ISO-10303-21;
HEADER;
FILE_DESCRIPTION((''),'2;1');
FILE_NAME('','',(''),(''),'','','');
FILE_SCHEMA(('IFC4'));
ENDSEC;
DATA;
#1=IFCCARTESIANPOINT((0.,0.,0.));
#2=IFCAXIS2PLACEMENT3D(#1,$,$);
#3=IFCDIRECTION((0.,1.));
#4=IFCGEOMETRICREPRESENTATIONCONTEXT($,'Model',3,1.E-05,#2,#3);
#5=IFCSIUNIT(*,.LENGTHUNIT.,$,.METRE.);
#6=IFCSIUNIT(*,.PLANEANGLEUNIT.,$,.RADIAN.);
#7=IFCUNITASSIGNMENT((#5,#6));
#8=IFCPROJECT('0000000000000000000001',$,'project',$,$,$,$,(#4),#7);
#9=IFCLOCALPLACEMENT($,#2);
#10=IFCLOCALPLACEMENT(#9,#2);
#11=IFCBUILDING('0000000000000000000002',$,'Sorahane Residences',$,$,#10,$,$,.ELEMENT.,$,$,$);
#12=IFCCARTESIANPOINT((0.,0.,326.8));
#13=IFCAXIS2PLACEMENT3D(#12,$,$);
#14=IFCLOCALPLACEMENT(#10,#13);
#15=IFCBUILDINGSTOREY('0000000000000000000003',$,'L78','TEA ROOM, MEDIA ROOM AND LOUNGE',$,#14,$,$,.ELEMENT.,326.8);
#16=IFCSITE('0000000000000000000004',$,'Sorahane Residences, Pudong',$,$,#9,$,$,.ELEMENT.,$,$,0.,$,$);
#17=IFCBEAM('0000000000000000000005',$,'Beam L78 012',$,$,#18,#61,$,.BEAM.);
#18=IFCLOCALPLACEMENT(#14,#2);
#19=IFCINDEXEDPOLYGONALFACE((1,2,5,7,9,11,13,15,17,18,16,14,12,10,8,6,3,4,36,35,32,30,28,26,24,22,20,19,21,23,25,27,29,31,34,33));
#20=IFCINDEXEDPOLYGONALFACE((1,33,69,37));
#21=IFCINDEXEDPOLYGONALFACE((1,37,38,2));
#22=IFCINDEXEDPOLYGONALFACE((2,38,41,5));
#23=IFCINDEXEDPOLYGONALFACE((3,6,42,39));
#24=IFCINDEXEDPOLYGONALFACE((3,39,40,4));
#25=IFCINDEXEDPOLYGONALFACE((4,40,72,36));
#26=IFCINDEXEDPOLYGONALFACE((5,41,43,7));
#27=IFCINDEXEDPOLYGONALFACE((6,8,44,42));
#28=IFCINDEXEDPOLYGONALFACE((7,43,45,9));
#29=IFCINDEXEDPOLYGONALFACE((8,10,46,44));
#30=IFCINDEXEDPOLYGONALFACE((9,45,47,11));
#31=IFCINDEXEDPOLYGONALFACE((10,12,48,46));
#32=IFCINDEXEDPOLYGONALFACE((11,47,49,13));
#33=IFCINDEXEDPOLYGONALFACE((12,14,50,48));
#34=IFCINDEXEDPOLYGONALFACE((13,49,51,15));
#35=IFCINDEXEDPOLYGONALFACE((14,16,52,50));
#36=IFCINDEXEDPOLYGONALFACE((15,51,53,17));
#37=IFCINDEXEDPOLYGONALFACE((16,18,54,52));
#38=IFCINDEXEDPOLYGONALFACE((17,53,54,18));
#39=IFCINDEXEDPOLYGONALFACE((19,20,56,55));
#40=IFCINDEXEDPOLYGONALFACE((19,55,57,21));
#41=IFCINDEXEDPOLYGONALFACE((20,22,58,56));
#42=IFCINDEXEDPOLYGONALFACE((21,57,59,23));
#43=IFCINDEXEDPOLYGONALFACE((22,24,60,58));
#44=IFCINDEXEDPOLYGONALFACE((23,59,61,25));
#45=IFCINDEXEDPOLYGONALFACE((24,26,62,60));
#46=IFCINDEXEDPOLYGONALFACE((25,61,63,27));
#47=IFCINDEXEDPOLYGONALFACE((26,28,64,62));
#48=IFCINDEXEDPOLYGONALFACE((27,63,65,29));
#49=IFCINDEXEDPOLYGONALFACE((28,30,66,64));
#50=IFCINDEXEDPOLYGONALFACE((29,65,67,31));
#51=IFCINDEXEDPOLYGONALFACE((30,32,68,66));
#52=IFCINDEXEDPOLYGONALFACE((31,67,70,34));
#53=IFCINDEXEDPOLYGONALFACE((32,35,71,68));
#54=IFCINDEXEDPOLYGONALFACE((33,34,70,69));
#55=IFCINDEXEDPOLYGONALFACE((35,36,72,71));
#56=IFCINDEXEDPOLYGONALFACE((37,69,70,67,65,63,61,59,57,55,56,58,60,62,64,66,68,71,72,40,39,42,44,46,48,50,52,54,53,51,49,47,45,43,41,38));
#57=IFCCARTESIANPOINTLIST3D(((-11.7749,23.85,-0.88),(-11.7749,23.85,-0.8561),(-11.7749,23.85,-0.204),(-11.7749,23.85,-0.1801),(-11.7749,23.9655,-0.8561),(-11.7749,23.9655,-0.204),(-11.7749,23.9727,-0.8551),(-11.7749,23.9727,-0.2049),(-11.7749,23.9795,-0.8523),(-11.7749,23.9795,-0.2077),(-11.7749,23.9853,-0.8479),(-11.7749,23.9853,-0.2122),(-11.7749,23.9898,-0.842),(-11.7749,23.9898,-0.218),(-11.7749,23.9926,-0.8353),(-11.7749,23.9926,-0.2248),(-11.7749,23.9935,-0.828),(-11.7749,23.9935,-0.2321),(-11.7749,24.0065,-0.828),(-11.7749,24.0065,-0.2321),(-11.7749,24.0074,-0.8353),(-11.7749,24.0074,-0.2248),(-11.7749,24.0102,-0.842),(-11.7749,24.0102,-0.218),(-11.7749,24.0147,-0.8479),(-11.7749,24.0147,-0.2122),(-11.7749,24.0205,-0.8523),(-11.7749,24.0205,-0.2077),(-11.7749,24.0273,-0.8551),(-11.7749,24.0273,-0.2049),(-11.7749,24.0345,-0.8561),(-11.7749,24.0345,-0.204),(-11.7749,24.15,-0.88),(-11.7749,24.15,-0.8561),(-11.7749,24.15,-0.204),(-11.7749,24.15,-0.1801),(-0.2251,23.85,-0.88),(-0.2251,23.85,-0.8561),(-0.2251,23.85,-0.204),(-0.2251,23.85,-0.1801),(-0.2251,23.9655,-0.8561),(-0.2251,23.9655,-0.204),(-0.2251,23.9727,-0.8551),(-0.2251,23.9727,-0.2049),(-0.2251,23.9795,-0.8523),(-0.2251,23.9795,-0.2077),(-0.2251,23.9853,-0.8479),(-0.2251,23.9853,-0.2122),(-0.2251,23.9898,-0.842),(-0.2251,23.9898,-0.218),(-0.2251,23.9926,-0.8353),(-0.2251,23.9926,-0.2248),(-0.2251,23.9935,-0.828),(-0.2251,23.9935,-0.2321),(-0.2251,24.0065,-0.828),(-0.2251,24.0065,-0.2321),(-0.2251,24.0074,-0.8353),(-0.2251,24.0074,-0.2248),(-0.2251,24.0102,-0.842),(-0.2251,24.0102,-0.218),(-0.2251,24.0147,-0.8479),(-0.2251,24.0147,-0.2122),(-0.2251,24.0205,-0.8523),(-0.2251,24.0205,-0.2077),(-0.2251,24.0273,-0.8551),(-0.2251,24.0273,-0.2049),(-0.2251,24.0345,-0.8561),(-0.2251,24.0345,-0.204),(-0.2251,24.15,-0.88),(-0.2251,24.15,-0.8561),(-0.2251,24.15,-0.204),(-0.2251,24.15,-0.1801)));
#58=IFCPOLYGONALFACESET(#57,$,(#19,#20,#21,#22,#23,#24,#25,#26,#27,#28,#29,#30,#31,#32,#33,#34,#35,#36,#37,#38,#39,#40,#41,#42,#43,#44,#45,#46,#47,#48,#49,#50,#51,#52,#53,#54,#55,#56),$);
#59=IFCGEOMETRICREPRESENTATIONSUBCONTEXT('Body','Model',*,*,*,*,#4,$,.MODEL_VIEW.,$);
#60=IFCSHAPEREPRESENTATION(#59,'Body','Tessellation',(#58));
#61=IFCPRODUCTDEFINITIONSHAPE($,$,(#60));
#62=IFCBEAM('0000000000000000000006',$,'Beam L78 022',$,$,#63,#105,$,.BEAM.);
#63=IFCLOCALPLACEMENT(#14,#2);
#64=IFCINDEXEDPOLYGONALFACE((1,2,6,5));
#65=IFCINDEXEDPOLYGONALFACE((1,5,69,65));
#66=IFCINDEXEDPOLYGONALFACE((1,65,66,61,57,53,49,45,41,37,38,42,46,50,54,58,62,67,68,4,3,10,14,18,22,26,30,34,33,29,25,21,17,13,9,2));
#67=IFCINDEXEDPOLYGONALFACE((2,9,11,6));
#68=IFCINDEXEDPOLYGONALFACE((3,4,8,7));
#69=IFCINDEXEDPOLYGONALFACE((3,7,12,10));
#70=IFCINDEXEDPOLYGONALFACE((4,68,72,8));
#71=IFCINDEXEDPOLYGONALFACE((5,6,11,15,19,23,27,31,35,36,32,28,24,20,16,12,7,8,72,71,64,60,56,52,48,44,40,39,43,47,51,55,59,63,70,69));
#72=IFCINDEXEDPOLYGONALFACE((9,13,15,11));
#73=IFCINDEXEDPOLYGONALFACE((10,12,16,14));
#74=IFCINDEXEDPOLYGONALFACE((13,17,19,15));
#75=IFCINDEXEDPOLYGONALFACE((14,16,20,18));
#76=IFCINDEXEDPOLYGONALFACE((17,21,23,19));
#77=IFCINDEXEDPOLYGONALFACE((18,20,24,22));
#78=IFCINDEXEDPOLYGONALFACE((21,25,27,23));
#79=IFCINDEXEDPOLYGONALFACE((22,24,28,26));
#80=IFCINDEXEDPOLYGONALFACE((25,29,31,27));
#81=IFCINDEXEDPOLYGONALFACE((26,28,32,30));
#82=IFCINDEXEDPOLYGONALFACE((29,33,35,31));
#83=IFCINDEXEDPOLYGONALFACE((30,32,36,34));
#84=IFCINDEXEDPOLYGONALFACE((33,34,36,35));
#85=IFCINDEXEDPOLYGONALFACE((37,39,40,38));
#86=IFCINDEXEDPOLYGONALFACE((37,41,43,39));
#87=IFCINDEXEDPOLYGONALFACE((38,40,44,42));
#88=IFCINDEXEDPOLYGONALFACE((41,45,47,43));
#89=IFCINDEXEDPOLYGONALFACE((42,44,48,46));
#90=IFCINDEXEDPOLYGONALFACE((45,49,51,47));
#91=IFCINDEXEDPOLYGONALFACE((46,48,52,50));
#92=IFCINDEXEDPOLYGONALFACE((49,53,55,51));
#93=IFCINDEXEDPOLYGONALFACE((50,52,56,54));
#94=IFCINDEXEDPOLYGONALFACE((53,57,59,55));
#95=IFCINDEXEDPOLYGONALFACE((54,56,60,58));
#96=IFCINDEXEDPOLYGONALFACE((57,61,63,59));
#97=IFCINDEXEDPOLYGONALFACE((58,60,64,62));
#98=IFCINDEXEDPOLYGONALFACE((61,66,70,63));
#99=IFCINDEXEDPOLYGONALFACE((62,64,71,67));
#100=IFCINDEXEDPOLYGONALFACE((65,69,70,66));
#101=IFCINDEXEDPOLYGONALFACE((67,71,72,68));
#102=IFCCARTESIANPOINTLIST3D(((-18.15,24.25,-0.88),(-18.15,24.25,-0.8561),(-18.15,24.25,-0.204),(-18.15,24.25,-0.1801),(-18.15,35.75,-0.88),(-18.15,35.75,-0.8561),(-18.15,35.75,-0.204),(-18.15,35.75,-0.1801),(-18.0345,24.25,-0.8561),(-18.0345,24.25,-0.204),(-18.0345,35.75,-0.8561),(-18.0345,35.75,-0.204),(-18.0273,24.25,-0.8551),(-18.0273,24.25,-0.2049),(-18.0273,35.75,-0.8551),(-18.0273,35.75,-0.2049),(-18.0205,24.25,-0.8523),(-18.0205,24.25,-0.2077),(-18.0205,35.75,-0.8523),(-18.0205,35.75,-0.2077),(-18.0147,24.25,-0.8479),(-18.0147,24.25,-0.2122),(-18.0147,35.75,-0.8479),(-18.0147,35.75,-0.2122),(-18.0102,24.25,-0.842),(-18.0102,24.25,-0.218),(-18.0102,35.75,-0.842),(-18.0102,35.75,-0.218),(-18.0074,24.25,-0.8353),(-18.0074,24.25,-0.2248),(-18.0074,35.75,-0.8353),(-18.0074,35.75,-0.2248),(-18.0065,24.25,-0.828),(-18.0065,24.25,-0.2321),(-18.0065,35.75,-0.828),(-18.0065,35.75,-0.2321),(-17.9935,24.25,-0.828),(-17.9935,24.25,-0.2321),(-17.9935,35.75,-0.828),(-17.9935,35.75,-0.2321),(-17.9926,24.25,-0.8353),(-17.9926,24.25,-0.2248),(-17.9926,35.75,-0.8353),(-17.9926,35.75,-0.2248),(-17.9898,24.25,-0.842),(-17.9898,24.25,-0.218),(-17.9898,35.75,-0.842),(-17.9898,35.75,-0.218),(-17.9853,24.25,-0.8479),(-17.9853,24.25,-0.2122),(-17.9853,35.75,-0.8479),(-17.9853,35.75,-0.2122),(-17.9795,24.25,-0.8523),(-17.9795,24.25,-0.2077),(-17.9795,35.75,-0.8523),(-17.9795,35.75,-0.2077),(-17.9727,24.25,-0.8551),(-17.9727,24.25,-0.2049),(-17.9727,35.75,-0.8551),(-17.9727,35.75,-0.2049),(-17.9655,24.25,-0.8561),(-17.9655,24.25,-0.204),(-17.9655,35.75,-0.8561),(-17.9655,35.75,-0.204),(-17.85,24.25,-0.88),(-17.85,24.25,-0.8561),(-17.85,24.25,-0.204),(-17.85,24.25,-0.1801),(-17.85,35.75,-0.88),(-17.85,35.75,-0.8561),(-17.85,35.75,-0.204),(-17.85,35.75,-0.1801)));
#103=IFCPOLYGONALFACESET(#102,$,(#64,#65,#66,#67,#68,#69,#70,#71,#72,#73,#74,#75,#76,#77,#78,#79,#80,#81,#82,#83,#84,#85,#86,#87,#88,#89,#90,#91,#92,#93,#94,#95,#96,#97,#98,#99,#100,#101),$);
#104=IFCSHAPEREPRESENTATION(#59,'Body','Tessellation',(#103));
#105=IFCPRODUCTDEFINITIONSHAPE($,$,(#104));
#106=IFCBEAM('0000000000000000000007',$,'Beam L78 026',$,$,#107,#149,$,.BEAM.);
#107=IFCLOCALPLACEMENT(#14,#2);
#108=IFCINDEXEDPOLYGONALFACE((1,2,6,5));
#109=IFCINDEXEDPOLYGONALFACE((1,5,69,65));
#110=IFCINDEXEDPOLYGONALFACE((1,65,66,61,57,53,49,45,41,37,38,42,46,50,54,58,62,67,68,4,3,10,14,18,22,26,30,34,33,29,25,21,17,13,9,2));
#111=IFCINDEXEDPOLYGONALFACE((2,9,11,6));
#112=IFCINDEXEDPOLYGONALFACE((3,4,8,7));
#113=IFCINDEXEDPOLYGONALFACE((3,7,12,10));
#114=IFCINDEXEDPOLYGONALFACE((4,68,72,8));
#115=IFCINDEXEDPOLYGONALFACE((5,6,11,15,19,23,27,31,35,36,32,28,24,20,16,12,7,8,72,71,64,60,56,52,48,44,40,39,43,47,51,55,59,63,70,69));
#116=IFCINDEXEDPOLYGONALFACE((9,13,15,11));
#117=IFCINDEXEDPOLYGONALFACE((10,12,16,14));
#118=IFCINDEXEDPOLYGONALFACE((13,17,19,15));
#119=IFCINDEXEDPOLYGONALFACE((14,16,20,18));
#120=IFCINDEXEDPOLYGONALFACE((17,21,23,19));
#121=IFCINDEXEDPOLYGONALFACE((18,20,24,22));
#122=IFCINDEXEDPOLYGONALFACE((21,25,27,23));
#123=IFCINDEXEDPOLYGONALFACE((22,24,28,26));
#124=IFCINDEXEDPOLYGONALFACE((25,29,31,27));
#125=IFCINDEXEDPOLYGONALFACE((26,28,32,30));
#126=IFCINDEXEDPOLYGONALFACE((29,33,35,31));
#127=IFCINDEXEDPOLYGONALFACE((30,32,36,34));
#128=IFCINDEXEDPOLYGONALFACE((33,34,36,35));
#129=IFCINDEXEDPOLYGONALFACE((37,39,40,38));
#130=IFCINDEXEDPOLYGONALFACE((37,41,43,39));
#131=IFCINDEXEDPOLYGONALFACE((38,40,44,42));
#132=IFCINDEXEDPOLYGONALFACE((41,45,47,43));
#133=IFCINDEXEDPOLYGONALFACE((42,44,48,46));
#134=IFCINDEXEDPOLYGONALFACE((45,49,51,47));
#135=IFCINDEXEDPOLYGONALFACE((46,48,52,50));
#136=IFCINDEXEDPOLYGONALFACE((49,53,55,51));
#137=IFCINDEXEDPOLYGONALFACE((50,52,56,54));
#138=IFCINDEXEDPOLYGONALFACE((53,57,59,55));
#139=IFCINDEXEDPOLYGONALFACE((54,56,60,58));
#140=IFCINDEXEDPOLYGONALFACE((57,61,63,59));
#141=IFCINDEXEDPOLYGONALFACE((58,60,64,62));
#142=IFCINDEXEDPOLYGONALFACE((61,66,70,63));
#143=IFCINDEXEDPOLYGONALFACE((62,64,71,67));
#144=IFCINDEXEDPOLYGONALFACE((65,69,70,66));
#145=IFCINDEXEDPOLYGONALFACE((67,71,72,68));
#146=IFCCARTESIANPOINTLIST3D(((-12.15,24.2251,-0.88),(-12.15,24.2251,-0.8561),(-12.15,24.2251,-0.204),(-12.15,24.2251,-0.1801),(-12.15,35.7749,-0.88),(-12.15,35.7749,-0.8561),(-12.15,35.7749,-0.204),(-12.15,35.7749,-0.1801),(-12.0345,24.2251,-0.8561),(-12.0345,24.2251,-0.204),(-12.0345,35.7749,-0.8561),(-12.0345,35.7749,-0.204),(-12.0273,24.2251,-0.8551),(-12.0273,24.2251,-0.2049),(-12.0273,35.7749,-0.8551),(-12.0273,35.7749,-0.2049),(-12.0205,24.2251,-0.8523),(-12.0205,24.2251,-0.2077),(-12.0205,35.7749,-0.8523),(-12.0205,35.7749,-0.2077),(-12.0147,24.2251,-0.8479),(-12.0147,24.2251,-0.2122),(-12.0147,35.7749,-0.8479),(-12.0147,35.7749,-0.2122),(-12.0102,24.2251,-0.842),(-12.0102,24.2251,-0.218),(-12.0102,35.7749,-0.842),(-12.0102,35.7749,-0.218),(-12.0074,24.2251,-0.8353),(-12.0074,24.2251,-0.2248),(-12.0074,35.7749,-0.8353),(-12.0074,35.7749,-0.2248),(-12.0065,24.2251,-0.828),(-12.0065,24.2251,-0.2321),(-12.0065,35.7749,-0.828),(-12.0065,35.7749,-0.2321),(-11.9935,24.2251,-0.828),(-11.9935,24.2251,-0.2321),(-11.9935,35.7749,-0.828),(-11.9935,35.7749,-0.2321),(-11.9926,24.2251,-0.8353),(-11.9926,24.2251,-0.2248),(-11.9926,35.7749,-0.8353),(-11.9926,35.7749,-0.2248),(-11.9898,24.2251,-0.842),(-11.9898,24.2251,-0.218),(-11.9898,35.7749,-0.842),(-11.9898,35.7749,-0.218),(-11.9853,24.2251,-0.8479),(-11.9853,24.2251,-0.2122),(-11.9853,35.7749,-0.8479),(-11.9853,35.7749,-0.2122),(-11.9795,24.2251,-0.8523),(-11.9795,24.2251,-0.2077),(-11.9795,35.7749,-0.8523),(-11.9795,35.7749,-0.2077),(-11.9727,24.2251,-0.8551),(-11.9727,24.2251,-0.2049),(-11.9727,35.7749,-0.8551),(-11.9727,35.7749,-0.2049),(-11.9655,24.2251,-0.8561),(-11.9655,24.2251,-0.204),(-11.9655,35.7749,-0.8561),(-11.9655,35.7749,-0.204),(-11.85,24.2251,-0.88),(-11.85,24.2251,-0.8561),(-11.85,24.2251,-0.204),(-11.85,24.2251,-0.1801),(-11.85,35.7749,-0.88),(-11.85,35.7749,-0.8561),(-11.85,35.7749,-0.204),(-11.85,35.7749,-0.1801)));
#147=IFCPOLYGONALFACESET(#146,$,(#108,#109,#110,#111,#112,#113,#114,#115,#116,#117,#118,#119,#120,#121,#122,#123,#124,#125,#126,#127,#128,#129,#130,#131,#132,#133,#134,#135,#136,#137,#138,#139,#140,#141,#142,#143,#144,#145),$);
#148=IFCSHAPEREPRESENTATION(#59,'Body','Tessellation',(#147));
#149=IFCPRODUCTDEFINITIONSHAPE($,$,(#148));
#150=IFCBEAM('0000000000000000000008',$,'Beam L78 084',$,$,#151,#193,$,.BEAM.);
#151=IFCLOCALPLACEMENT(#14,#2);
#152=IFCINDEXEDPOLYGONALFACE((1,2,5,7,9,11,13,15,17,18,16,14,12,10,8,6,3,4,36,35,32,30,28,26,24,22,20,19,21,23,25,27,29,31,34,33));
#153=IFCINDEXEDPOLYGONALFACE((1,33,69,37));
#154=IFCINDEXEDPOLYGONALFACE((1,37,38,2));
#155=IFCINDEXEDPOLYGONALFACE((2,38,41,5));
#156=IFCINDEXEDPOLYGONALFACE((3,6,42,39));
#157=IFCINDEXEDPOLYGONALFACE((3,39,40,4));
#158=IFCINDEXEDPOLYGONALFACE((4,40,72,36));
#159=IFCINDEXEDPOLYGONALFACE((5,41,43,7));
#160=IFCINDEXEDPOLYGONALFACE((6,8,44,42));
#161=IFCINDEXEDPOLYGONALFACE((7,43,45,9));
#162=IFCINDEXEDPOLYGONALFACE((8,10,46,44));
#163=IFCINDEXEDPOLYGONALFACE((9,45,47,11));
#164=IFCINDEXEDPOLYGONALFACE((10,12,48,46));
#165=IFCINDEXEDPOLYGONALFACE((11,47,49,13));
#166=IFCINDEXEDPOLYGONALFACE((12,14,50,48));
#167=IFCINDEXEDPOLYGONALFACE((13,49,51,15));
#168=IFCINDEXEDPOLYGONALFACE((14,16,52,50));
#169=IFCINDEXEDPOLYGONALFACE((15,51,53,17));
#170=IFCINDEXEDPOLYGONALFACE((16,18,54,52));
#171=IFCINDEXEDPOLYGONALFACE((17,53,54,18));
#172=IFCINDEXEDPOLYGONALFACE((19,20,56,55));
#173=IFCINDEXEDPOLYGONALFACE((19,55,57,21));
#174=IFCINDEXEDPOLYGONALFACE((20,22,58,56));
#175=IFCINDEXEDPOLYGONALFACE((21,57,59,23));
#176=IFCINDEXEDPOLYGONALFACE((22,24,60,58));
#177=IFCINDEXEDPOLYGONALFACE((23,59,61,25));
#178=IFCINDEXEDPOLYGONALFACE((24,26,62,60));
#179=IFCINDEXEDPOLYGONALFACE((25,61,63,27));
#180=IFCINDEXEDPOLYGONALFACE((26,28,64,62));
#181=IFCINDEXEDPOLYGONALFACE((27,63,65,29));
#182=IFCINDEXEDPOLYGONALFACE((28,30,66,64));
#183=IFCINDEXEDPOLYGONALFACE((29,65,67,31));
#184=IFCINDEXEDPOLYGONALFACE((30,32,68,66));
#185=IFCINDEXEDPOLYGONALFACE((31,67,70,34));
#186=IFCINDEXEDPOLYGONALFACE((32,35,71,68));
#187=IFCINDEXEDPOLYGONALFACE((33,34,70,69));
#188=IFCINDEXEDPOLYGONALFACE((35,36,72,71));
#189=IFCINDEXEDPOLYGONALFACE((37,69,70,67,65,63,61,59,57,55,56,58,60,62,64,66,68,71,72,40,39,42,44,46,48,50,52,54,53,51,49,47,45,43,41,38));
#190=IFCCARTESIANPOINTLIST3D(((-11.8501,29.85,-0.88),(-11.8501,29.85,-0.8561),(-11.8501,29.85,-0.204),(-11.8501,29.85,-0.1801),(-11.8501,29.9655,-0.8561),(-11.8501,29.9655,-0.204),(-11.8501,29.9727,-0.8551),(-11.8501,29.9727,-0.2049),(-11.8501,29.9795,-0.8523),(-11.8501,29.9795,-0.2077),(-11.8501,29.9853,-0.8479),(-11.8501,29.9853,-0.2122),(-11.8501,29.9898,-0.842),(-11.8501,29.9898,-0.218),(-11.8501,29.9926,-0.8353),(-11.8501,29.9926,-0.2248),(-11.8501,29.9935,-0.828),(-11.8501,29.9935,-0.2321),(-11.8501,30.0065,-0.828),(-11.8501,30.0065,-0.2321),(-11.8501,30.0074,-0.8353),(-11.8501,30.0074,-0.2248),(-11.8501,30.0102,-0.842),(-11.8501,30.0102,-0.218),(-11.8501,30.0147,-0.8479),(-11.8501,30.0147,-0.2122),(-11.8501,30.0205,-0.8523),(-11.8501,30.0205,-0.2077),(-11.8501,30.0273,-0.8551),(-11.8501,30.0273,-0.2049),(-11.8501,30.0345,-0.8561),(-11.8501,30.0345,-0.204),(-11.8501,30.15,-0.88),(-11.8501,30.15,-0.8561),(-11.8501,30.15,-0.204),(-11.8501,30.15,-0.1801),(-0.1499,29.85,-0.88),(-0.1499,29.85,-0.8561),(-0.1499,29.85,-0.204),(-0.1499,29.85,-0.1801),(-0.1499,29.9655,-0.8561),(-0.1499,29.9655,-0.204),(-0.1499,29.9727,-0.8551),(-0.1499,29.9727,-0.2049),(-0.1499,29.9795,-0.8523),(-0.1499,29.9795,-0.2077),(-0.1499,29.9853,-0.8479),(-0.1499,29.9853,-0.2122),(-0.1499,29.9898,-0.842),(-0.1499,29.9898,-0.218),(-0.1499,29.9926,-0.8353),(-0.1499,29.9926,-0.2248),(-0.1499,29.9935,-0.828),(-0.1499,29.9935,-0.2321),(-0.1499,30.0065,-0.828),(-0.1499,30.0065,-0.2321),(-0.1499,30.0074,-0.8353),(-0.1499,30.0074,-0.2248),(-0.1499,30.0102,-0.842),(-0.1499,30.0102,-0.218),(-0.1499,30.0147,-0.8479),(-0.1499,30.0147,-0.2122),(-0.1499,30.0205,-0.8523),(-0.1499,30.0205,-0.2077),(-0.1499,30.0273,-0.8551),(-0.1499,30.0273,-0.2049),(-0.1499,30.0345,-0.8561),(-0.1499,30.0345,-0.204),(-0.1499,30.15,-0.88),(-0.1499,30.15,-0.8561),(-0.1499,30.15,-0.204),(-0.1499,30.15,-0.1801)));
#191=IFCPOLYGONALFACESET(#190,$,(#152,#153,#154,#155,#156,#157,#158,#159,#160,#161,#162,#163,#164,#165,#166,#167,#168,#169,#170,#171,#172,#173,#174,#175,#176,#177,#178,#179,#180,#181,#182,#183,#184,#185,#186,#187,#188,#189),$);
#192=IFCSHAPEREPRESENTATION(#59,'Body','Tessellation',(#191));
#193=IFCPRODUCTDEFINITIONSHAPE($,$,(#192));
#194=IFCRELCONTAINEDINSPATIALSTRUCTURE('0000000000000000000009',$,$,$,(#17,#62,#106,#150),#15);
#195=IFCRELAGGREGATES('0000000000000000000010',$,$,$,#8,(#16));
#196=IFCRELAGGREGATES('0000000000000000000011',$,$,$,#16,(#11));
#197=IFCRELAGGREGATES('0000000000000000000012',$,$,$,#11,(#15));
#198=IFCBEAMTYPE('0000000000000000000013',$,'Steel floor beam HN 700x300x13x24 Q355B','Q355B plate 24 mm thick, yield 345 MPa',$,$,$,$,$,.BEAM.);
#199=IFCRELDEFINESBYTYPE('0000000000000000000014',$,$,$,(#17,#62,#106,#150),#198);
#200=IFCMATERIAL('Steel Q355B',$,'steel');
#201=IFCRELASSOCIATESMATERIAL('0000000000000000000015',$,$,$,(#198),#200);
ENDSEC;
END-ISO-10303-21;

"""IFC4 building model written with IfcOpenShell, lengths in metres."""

from ifc_helpers import new_model, si_unit, direction, frame, origin, origin_2d, place, context, subcontext, project, spatial, i_section, extrude, material, material_profile, profile_set, type_object, element, save


model = new_model("IFC4")

# Units and contexts
model_context = context("Model", 3, precision=1e-05, world=origin(), true_north=direction((0.0, 1.0)))
body_context = subcontext(model_context, "Body", "Model", "MODEL_VIEW")
ifc_project = project(units=[si_unit("LENGTHUNIT", "METRE"), si_unit("PLANEANGLEUNIT", "RADIAN")], contexts=[model_context])

# Site, building, storey
site_placement = place(None, origin())
site = spatial("IfcSite", under=ifc_project, at=site_placement, Name="Sorahane Residences, Pudong", CompositionType="ELEMENT", RefElevation=0.0)
building_placement = place(site_placement, origin())
building = spatial("IfcBuilding", under=site, at=building_placement, Name="Sorahane Residences", CompositionType="ELEMENT")
storey_placement = place(building_placement, frame((0.0, 0.0, 326.8)))
storey = spatial("IfcBuildingStorey", under=building, at=storey_placement, Name="L78", Description="TEA ROOM, MEDIA ROOM AND LOUNGE", CompositionType="ELEMENT", Elevation=326.8)

# Beams
ifc_material_1 = material(Name="Steel Q355B", Category="steel")
ifc_material_profile_1 = material_profile(ifc_material_1, i_section(OverallWidth=0.3, OverallDepth=0.7, WebThickness=0.0129, FlangeThickness=0.0239, FilletRadius=0.0281, at=origin_2d()), Name="HN 700x300x13x24")
ifc_profile_set_1 = profile_set([ifc_material_profile_1], Name="Steel Q355B")
beam_type_1 = type_object("IfcBeamType", Name="Steel floor beam HN 700x300x13x24 Q355B", Description="Q355B plate 24 mm thick, yield 345 MPa", PredefinedType="BEAM", material=ifc_profile_set_1)
beam_1_placement = place(storey_placement, frame((-11.7749, 24.0, -0.53), z_axis=(1.0, 0.0, 0.0), x_axis=(0.0, 1.0, 0.0)))
element("IfcBeam", 1, at=beam_1_placement, inside=storey, type_object=beam_type_1, Name="Beam L78 012", PredefinedType="BEAM", context=body_context, shape_type="SweptSolid", body=[
    extrude(i_section(OverallWidth=0.3, OverallDepth=0.7, WebThickness=0.0129, FlangeThickness=0.0239, FilletRadius=0.0281, at=origin_2d()), origin(), (0.0, 0.0, 1.0), 11.5498),
])
beam_2_placement = place(storey_placement, frame((-18.0, 24.25, -0.53), z_axis=(0.0, 1.0, 0.0), x_axis=(-1.0, 0.0, 0.0)))
element("IfcBeam", 2, at=beam_2_placement, inside=storey, type_object=beam_type_1, Name="Beam L78 022", PredefinedType="BEAM", context=body_context, shape_type="SweptSolid", body=[
    extrude(i_section(OverallWidth=0.3, OverallDepth=0.7, WebThickness=0.0129, FlangeThickness=0.0239, FilletRadius=0.0281, at=origin_2d()), origin(), (0.0, 0.0, 1.0), 11.5),
])
beam_3_placement = place(storey_placement, frame((-12.0, 24.2251, -0.53), z_axis=(0.0, 1.0, 0.0), x_axis=(-1.0, 0.0, 0.0)))
element("IfcBeam", 3, at=beam_3_placement, inside=storey, type_object=beam_type_1, Name="Beam L78 026", PredefinedType="BEAM", context=body_context, shape_type="SweptSolid", body=[
    extrude(i_section(OverallWidth=0.3, OverallDepth=0.7, WebThickness=0.0129, FlangeThickness=0.0239, FilletRadius=0.0281, at=origin_2d()), origin(), (0.0, 0.0, 1.0), 11.5498),
])
beam_4_placement = place(storey_placement, frame((-11.8501, 30.0, -0.53), z_axis=(1.0, 0.0, 0.0), x_axis=(0.0, 1.0, 0.0)))
element("IfcBeam", 4, at=beam_4_placement, inside=storey, type_object=beam_type_1, Name="Beam L78 084", PredefinedType="BEAM", context=body_context, shape_type="SweptSolid", body=[
    extrude(i_section(OverallWidth=0.3, OverallDepth=0.7, WebThickness=0.0129, FlangeThickness=0.0239, FilletRadius=0.0281, at=origin_2d()), origin(), (0.0, 0.0, 1.0), 11.7002),
])

save(model, "model.ifc")
